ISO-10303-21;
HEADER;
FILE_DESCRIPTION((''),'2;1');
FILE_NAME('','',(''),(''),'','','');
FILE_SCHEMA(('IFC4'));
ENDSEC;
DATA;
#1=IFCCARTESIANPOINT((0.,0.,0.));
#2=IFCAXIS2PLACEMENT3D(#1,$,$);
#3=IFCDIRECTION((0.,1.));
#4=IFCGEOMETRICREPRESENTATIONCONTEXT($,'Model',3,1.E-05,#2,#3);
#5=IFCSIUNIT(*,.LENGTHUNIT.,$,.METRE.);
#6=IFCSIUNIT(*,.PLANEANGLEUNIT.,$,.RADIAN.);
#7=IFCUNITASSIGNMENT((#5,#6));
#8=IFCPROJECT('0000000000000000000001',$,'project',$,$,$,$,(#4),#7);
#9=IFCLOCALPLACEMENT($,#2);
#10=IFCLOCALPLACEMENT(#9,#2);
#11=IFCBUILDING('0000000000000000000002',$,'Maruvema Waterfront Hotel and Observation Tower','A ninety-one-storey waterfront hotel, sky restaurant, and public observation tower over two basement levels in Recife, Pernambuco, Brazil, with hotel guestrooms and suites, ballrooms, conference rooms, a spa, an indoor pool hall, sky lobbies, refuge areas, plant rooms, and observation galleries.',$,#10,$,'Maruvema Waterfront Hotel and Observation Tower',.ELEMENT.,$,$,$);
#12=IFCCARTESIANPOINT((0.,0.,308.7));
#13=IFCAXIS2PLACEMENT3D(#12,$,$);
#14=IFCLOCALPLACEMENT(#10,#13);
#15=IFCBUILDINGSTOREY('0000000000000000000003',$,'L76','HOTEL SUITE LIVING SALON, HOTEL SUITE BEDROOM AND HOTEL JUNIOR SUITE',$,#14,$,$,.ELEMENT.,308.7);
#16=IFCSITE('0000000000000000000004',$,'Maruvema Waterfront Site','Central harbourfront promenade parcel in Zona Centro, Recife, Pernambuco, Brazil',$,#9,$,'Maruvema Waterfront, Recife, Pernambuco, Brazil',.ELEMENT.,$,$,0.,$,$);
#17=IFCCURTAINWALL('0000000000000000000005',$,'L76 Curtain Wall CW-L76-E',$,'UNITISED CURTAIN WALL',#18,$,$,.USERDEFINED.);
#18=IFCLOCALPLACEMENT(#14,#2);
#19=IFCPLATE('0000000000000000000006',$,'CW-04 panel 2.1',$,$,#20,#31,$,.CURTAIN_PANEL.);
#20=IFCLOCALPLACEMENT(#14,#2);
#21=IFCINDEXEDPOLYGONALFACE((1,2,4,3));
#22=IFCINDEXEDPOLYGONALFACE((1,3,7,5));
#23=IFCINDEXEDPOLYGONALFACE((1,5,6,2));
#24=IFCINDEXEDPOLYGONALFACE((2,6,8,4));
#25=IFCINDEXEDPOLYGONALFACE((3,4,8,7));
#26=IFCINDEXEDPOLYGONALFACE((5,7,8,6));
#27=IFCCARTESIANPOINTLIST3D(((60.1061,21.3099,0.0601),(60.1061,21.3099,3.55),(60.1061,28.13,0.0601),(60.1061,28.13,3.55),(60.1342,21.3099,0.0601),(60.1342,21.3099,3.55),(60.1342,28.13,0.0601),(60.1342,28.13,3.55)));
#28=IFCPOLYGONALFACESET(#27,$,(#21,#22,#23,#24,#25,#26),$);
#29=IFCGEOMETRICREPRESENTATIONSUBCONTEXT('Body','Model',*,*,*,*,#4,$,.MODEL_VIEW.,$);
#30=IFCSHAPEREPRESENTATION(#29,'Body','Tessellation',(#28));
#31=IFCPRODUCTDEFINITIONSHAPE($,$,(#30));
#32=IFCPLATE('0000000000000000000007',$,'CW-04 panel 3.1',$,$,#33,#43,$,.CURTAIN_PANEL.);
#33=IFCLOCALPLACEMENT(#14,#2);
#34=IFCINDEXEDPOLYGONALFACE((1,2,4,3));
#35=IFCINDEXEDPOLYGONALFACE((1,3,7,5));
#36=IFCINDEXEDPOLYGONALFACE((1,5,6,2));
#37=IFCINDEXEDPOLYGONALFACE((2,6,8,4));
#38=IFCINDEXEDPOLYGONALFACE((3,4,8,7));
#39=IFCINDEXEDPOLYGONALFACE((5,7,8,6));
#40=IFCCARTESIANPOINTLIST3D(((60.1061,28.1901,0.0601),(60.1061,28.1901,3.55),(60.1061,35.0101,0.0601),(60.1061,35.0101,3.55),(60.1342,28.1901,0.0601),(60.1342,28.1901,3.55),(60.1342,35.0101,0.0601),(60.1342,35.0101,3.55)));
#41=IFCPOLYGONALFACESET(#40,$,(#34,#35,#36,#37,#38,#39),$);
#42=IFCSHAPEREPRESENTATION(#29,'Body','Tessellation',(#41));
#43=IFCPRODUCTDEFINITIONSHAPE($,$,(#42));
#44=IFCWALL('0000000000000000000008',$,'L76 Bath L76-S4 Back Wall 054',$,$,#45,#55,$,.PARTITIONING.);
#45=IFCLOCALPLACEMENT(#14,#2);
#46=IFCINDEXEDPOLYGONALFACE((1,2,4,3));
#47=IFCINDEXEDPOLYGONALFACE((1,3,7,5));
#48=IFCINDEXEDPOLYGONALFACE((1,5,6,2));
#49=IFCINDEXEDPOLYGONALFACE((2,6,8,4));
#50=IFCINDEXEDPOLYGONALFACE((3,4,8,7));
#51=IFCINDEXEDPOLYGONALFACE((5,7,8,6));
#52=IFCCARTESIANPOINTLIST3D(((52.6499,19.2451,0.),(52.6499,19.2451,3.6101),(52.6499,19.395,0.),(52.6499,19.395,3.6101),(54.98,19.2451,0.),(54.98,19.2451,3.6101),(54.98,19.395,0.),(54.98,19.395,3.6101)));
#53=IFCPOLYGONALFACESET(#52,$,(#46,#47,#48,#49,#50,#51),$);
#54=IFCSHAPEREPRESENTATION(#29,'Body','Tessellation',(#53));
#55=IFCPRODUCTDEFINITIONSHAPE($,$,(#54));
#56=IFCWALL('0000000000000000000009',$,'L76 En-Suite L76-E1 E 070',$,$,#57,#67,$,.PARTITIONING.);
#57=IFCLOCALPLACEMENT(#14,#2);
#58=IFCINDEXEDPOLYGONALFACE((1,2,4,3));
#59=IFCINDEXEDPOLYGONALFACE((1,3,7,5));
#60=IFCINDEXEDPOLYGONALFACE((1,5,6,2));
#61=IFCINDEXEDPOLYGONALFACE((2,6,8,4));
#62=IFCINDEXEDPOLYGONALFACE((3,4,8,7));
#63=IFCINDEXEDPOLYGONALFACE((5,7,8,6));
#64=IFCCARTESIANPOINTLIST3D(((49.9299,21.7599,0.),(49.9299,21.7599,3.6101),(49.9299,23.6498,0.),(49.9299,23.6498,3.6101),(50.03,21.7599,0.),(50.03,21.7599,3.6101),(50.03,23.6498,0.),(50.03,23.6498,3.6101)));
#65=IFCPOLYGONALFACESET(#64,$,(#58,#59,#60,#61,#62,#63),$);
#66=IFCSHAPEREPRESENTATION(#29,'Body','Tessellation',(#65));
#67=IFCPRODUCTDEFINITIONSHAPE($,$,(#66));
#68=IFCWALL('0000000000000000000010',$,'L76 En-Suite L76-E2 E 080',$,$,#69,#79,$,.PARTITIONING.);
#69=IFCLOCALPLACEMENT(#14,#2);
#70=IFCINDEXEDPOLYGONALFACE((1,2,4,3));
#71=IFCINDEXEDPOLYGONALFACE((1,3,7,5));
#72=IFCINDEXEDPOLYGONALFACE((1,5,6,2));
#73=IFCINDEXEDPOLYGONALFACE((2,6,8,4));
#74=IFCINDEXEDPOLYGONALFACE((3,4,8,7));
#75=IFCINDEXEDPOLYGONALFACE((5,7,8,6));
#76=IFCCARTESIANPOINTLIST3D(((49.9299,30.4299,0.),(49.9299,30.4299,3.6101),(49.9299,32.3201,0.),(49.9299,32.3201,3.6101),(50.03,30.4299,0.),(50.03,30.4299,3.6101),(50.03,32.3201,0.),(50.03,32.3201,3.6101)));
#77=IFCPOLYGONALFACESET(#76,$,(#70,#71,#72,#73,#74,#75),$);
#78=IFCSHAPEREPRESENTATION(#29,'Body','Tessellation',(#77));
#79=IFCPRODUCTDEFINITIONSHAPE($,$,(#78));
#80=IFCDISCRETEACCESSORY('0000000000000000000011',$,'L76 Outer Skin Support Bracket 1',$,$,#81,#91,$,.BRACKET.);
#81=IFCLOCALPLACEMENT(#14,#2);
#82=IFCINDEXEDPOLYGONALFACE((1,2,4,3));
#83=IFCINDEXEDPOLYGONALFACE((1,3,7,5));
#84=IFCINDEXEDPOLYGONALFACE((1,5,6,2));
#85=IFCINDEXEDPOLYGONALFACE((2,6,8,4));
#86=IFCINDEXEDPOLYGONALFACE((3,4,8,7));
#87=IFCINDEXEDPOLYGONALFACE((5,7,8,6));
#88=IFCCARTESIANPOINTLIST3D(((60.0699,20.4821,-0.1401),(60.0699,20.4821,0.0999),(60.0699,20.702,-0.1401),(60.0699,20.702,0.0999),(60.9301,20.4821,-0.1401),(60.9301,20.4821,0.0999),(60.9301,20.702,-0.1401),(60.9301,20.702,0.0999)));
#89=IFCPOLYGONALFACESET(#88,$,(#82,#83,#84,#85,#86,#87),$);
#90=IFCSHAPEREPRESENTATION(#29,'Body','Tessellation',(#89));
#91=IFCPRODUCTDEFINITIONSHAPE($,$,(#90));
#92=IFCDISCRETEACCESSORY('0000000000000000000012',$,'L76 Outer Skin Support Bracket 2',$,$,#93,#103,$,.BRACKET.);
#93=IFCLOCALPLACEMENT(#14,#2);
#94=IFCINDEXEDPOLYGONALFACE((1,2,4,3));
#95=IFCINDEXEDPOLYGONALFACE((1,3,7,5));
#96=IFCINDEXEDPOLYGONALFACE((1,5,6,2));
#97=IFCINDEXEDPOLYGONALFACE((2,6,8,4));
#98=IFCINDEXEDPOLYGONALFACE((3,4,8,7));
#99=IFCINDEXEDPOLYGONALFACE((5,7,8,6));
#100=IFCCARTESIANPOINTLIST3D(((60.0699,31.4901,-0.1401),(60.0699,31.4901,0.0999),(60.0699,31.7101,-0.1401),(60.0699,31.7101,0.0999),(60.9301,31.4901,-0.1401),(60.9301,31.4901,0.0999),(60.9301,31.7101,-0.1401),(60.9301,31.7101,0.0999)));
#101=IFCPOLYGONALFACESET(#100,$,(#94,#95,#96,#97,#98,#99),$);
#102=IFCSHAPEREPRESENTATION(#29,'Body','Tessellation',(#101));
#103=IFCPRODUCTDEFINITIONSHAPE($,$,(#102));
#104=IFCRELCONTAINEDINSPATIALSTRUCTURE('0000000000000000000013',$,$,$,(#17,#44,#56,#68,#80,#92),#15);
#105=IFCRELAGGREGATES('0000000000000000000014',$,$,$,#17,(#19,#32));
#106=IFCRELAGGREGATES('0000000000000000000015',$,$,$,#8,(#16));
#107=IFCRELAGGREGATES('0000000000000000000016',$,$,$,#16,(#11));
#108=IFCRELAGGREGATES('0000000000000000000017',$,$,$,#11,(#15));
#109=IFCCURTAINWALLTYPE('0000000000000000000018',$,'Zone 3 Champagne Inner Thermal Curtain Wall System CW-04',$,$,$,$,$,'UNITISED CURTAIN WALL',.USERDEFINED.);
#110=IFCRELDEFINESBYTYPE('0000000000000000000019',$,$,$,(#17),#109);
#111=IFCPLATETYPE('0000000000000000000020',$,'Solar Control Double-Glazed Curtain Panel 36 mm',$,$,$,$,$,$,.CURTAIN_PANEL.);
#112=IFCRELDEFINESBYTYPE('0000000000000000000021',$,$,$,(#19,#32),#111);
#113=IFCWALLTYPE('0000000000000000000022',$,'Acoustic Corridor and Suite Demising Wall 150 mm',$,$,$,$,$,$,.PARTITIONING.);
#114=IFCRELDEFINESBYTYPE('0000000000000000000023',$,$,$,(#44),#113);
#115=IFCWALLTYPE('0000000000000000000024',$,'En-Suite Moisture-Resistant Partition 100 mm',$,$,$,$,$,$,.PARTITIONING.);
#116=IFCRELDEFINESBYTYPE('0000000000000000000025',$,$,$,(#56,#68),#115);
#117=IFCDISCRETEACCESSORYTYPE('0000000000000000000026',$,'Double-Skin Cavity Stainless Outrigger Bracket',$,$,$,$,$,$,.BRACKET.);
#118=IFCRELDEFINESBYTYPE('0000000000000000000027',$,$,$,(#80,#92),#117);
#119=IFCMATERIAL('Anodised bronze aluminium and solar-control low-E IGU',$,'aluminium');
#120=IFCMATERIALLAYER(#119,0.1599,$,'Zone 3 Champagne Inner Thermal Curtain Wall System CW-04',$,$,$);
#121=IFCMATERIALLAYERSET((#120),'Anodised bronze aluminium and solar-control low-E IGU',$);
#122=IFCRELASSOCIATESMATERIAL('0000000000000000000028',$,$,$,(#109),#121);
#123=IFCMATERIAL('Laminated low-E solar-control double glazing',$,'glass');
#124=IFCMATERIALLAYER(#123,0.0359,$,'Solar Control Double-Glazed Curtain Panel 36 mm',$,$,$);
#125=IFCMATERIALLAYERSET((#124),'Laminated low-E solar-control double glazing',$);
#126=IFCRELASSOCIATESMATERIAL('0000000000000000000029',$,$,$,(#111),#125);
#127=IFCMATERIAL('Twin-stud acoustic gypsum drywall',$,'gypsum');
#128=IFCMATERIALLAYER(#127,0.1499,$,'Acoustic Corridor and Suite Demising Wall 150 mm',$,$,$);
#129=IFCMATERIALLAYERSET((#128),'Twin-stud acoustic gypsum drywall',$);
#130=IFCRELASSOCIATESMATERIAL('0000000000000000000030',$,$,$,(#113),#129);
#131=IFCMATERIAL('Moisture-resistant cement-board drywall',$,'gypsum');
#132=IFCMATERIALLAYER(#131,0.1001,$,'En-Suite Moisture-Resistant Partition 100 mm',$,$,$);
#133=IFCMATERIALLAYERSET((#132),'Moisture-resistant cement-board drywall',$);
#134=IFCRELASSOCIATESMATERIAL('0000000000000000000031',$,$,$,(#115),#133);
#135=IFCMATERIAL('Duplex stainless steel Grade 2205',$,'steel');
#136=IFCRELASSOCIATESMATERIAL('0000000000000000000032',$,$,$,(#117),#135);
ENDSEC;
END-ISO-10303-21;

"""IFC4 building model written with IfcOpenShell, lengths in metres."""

from ifc_helpers import new_model, si_unit, direction, frame, frame_2d, origin, origin_2d, place, context, subcontext, project, spatial, rectangle, extrude, material, layer, layer_set, type_object, element, aggregate, save


model = new_model("IFC4")

# Units and contexts
model_context = context("Model", 3, precision=1e-05, world=origin(), true_north=direction((0.0, 1.0)))
body_context = subcontext(model_context, "Body", "Model", "MODEL_VIEW")
ifc_project = project(units=[si_unit("LENGTHUNIT", "METRE"), si_unit("PLANEANGLEUNIT", "RADIAN")], contexts=[model_context])

# Site, building, storey
site_placement = place(None, origin())
site = spatial("IfcSite", under=ifc_project, at=site_placement, Name="Maruvema Waterfront Site", Description="Central harbourfront promenade parcel in Zona Centro, Recife, Pernambuco, Brazil", LongName="Maruvema Waterfront, Recife, Pernambuco, Brazil", CompositionType="ELEMENT", RefElevation=0.0)
building_placement = place(site_placement, origin())
building = spatial("IfcBuilding", under=site, at=building_placement, Name="Maruvema Waterfront Hotel and Observation Tower", Description="A ninety-one-storey waterfront hotel, sky restaurant, and public observation tower over two basement levels in Recife, Pernambuco, Brazil, with hotel guestrooms and suites, ballrooms, conference rooms, a spa, an indoor pool hall, sky lobbies, refuge areas, plant rooms, and observation galleries.", LongName="Maruvema Waterfront Hotel and Observation Tower", CompositionType="ELEMENT")
storey_placement = place(building_placement, frame((0.0, 0.0, 308.7)))
storey = spatial("IfcBuildingStorey", under=building, at=storey_placement, Name="L76", Description="HOTEL SUITE LIVING SALON, HOTEL SUITE BEDROOM AND HOTEL JUNIOR SUITE", CompositionType="ELEMENT", Elevation=308.7)

# Curtain wall
ifc_material_1 = material(Name="Anodised bronze aluminium and solar-control low-E IGU", Category="aluminium")
ifc_layer_1 = layer(ifc_material_1, 0.1599, Name="Zone 3 Champagne Inner Thermal Curtain Wall System CW-04")
ifc_layer_set_1 = layer_set([ifc_layer_1], Name="Anodised bronze aluminium and solar-control low-E IGU")
curtain_wall_type = type_object("IfcCurtainWallType", Name="Zone 3 Champagne Inner Thermal Curtain Wall System CW-04", ElementType="UNITISED CURTAIN WALL", PredefinedType="USERDEFINED", material=ifc_layer_set_1)
curtain_wall_placement = place(storey_placement, origin())
curtain_wall = element("IfcCurtainWall", 1, at=curtain_wall_placement, inside=storey, type_object=curtain_wall_type, Name="L76 Curtain Wall CW-L76-E", ObjectType="UNITISED CURTAIN WALL", PredefinedType="USERDEFINED")

# Plates
ifc_material_2 = material(Name="Laminated low-E solar-control double glazing", Category="glass")
ifc_layer_2 = layer(ifc_material_2, 0.0359, Name="Solar Control Double-Glazed Curtain Panel 36 mm")
ifc_layer_set_2 = layer_set([ifc_layer_2], Name="Laminated low-E solar-control double glazing")
plate_type = type_object("IfcPlateType", Name="Solar Control Double-Glazed Curtain Panel 36 mm", PredefinedType="CURTAIN_PANEL", material=ifc_layer_set_2)
plate_1_placement = place(storey_placement, frame((60.1201, 24.72, 0.0601), z_axis=(0.0, 0.0, 1.0), x_axis=(0.0, 1.0, 0.0)))
plate_1 = element("IfcPlate", 2, at=plate_1_placement, type_object=plate_type, Name="CW-04 panel 2.1", PredefinedType="CURTAIN_PANEL", context=body_context, shape_type="SweptSolid", body=[
    extrude(rectangle(XDim=6.8201, YDim=0.0281, at=origin_2d()), origin(), (0.0, 0.0, 1.0), 3.49),
])
plate_2_placement = place(storey_placement, frame((60.1201, 31.6001, 0.0601), z_axis=(0.0, 0.0, 1.0), x_axis=(0.0, 1.0, 0.0)))
plate_2 = element("IfcPlate", 3, at=plate_2_placement, type_object=plate_type, Name="CW-04 panel 3.1", PredefinedType="CURTAIN_PANEL", context=body_context, shape_type="SweptSolid", body=[
    extrude(rectangle(XDim=6.8201, YDim=0.0281, at=origin_2d()), origin(), (0.0, 0.0, 1.0), 3.49),
])
aggregate(curtain_wall, [plate_1, plate_2])

# Wall
ifc_material_3 = material(Name="Twin-stud acoustic gypsum drywall", Category="gypsum")
ifc_layer_3 = layer(ifc_material_3, 0.1499, Name="Acoustic Corridor and Suite Demising Wall 150 mm")
ifc_layer_set_3 = layer_set([ifc_layer_3], Name="Twin-stud acoustic gypsum drywall")
wall_type_1 = type_object("IfcWallType", Name="Acoustic Corridor and Suite Demising Wall 150 mm", PredefinedType="PARTITIONING", material=ifc_layer_set_3)
wall_1_placement = place(storey_placement, frame((52.6499, 19.3201, 0.0), z_axis=(0.0, 0.0, 1.0), x_axis=(1.0, 0.0, 0.0)))
element("IfcWall", 4, at=wall_1_placement, inside=storey, type_object=wall_type_1, Name="L76 Bath L76-S4 Back Wall 054", PredefinedType="PARTITIONING", context=body_context, shape_type="SweptSolid", body=[
    extrude(rectangle(XDim=2.3301, YDim=0.1499, at=frame_2d((1.165, 0.0))), origin(), (0.0, 0.0, 1.0), 3.6101),
])

# Walls
ifc_material_4 = material(Name="Moisture-resistant cement-board drywall", Category="gypsum")
ifc_layer_4 = layer(ifc_material_4, 0.1001, Name="En-Suite Moisture-Resistant Partition 100 mm")
ifc_layer_set_4 = layer_set([ifc_layer_4], Name="Moisture-resistant cement-board drywall")
wall_type_2 = type_object("IfcWallType", Name="En-Suite Moisture-Resistant Partition 100 mm", PredefinedType="PARTITIONING", material=ifc_layer_set_4)
wall_2_placement = place(storey_placement, frame((49.98, 21.76, 0.0), z_axis=(0.0, 0.0, 1.0), x_axis=(0.0, 1.0, 0.0)))
element("IfcWall", 5, at=wall_2_placement, inside=storey, type_object=wall_type_2, Name="L76 En-Suite L76-E1 E 070", PredefinedType="PARTITIONING", context=body_context, shape_type="SweptSolid", body=[
    extrude(rectangle(XDim=1.8899, YDim=0.1001, at=frame_2d((0.9448, 0.0))), origin(), (0.0, 0.0, 1.0), 3.6101),
])
wall_3_placement = place(storey_placement, frame((49.98, 30.4299, 0.0), z_axis=(0.0, 0.0, 1.0), x_axis=(0.0, 1.0, 0.0)))
element("IfcWall", 6, at=wall_3_placement, inside=storey, type_object=wall_type_2, Name="L76 En-Suite L76-E2 E 080", PredefinedType="PARTITIONING", context=body_context, shape_type="SweptSolid", body=[
    extrude(rectangle(XDim=1.8901, YDim=0.1001, at=frame_2d((0.9451, 0.0))), origin(), (0.0, 0.0, 1.0), 3.6101),
])

# Discrete accessories
ifc_material_5 = material(Name="Duplex stainless steel Grade 2205", Category="steel")
discrete_accessory_type = type_object("IfcDiscreteAccessoryType", Name="Double-Skin Cavity Stainless Outrigger Bracket", PredefinedType="BRACKET", material=ifc_material_5)
for number, where, z_axis, x_axis, name in (
    (7, (60.5, 20.592, -0.1401), (0.0, 0.0, 1.0), (0.0, 1.0, 0.0), "L76 Outer Skin Support Bracket 1"),
    (8, (60.5, 31.6001, -0.1401), (0.0, 0.0, 1.0), (0.0, 1.0, 0.0), "L76 Outer Skin Support Bracket 2"),
):
    element("IfcDiscreteAccessory", number, at=place(storey_placement, frame(where, z_axis=z_axis, x_axis=x_axis)), inside=storey, type_object=discrete_accessory_type, Name=name, PredefinedType="BRACKET", context=body_context, shape_type="SweptSolid", body=[
        extrude(rectangle(XDim=0.22, YDim=0.8601, at=origin_2d()), origin(), (0.0, 0.0, 1.0), 0.24),
    ])

save(model, "model.ifc")
